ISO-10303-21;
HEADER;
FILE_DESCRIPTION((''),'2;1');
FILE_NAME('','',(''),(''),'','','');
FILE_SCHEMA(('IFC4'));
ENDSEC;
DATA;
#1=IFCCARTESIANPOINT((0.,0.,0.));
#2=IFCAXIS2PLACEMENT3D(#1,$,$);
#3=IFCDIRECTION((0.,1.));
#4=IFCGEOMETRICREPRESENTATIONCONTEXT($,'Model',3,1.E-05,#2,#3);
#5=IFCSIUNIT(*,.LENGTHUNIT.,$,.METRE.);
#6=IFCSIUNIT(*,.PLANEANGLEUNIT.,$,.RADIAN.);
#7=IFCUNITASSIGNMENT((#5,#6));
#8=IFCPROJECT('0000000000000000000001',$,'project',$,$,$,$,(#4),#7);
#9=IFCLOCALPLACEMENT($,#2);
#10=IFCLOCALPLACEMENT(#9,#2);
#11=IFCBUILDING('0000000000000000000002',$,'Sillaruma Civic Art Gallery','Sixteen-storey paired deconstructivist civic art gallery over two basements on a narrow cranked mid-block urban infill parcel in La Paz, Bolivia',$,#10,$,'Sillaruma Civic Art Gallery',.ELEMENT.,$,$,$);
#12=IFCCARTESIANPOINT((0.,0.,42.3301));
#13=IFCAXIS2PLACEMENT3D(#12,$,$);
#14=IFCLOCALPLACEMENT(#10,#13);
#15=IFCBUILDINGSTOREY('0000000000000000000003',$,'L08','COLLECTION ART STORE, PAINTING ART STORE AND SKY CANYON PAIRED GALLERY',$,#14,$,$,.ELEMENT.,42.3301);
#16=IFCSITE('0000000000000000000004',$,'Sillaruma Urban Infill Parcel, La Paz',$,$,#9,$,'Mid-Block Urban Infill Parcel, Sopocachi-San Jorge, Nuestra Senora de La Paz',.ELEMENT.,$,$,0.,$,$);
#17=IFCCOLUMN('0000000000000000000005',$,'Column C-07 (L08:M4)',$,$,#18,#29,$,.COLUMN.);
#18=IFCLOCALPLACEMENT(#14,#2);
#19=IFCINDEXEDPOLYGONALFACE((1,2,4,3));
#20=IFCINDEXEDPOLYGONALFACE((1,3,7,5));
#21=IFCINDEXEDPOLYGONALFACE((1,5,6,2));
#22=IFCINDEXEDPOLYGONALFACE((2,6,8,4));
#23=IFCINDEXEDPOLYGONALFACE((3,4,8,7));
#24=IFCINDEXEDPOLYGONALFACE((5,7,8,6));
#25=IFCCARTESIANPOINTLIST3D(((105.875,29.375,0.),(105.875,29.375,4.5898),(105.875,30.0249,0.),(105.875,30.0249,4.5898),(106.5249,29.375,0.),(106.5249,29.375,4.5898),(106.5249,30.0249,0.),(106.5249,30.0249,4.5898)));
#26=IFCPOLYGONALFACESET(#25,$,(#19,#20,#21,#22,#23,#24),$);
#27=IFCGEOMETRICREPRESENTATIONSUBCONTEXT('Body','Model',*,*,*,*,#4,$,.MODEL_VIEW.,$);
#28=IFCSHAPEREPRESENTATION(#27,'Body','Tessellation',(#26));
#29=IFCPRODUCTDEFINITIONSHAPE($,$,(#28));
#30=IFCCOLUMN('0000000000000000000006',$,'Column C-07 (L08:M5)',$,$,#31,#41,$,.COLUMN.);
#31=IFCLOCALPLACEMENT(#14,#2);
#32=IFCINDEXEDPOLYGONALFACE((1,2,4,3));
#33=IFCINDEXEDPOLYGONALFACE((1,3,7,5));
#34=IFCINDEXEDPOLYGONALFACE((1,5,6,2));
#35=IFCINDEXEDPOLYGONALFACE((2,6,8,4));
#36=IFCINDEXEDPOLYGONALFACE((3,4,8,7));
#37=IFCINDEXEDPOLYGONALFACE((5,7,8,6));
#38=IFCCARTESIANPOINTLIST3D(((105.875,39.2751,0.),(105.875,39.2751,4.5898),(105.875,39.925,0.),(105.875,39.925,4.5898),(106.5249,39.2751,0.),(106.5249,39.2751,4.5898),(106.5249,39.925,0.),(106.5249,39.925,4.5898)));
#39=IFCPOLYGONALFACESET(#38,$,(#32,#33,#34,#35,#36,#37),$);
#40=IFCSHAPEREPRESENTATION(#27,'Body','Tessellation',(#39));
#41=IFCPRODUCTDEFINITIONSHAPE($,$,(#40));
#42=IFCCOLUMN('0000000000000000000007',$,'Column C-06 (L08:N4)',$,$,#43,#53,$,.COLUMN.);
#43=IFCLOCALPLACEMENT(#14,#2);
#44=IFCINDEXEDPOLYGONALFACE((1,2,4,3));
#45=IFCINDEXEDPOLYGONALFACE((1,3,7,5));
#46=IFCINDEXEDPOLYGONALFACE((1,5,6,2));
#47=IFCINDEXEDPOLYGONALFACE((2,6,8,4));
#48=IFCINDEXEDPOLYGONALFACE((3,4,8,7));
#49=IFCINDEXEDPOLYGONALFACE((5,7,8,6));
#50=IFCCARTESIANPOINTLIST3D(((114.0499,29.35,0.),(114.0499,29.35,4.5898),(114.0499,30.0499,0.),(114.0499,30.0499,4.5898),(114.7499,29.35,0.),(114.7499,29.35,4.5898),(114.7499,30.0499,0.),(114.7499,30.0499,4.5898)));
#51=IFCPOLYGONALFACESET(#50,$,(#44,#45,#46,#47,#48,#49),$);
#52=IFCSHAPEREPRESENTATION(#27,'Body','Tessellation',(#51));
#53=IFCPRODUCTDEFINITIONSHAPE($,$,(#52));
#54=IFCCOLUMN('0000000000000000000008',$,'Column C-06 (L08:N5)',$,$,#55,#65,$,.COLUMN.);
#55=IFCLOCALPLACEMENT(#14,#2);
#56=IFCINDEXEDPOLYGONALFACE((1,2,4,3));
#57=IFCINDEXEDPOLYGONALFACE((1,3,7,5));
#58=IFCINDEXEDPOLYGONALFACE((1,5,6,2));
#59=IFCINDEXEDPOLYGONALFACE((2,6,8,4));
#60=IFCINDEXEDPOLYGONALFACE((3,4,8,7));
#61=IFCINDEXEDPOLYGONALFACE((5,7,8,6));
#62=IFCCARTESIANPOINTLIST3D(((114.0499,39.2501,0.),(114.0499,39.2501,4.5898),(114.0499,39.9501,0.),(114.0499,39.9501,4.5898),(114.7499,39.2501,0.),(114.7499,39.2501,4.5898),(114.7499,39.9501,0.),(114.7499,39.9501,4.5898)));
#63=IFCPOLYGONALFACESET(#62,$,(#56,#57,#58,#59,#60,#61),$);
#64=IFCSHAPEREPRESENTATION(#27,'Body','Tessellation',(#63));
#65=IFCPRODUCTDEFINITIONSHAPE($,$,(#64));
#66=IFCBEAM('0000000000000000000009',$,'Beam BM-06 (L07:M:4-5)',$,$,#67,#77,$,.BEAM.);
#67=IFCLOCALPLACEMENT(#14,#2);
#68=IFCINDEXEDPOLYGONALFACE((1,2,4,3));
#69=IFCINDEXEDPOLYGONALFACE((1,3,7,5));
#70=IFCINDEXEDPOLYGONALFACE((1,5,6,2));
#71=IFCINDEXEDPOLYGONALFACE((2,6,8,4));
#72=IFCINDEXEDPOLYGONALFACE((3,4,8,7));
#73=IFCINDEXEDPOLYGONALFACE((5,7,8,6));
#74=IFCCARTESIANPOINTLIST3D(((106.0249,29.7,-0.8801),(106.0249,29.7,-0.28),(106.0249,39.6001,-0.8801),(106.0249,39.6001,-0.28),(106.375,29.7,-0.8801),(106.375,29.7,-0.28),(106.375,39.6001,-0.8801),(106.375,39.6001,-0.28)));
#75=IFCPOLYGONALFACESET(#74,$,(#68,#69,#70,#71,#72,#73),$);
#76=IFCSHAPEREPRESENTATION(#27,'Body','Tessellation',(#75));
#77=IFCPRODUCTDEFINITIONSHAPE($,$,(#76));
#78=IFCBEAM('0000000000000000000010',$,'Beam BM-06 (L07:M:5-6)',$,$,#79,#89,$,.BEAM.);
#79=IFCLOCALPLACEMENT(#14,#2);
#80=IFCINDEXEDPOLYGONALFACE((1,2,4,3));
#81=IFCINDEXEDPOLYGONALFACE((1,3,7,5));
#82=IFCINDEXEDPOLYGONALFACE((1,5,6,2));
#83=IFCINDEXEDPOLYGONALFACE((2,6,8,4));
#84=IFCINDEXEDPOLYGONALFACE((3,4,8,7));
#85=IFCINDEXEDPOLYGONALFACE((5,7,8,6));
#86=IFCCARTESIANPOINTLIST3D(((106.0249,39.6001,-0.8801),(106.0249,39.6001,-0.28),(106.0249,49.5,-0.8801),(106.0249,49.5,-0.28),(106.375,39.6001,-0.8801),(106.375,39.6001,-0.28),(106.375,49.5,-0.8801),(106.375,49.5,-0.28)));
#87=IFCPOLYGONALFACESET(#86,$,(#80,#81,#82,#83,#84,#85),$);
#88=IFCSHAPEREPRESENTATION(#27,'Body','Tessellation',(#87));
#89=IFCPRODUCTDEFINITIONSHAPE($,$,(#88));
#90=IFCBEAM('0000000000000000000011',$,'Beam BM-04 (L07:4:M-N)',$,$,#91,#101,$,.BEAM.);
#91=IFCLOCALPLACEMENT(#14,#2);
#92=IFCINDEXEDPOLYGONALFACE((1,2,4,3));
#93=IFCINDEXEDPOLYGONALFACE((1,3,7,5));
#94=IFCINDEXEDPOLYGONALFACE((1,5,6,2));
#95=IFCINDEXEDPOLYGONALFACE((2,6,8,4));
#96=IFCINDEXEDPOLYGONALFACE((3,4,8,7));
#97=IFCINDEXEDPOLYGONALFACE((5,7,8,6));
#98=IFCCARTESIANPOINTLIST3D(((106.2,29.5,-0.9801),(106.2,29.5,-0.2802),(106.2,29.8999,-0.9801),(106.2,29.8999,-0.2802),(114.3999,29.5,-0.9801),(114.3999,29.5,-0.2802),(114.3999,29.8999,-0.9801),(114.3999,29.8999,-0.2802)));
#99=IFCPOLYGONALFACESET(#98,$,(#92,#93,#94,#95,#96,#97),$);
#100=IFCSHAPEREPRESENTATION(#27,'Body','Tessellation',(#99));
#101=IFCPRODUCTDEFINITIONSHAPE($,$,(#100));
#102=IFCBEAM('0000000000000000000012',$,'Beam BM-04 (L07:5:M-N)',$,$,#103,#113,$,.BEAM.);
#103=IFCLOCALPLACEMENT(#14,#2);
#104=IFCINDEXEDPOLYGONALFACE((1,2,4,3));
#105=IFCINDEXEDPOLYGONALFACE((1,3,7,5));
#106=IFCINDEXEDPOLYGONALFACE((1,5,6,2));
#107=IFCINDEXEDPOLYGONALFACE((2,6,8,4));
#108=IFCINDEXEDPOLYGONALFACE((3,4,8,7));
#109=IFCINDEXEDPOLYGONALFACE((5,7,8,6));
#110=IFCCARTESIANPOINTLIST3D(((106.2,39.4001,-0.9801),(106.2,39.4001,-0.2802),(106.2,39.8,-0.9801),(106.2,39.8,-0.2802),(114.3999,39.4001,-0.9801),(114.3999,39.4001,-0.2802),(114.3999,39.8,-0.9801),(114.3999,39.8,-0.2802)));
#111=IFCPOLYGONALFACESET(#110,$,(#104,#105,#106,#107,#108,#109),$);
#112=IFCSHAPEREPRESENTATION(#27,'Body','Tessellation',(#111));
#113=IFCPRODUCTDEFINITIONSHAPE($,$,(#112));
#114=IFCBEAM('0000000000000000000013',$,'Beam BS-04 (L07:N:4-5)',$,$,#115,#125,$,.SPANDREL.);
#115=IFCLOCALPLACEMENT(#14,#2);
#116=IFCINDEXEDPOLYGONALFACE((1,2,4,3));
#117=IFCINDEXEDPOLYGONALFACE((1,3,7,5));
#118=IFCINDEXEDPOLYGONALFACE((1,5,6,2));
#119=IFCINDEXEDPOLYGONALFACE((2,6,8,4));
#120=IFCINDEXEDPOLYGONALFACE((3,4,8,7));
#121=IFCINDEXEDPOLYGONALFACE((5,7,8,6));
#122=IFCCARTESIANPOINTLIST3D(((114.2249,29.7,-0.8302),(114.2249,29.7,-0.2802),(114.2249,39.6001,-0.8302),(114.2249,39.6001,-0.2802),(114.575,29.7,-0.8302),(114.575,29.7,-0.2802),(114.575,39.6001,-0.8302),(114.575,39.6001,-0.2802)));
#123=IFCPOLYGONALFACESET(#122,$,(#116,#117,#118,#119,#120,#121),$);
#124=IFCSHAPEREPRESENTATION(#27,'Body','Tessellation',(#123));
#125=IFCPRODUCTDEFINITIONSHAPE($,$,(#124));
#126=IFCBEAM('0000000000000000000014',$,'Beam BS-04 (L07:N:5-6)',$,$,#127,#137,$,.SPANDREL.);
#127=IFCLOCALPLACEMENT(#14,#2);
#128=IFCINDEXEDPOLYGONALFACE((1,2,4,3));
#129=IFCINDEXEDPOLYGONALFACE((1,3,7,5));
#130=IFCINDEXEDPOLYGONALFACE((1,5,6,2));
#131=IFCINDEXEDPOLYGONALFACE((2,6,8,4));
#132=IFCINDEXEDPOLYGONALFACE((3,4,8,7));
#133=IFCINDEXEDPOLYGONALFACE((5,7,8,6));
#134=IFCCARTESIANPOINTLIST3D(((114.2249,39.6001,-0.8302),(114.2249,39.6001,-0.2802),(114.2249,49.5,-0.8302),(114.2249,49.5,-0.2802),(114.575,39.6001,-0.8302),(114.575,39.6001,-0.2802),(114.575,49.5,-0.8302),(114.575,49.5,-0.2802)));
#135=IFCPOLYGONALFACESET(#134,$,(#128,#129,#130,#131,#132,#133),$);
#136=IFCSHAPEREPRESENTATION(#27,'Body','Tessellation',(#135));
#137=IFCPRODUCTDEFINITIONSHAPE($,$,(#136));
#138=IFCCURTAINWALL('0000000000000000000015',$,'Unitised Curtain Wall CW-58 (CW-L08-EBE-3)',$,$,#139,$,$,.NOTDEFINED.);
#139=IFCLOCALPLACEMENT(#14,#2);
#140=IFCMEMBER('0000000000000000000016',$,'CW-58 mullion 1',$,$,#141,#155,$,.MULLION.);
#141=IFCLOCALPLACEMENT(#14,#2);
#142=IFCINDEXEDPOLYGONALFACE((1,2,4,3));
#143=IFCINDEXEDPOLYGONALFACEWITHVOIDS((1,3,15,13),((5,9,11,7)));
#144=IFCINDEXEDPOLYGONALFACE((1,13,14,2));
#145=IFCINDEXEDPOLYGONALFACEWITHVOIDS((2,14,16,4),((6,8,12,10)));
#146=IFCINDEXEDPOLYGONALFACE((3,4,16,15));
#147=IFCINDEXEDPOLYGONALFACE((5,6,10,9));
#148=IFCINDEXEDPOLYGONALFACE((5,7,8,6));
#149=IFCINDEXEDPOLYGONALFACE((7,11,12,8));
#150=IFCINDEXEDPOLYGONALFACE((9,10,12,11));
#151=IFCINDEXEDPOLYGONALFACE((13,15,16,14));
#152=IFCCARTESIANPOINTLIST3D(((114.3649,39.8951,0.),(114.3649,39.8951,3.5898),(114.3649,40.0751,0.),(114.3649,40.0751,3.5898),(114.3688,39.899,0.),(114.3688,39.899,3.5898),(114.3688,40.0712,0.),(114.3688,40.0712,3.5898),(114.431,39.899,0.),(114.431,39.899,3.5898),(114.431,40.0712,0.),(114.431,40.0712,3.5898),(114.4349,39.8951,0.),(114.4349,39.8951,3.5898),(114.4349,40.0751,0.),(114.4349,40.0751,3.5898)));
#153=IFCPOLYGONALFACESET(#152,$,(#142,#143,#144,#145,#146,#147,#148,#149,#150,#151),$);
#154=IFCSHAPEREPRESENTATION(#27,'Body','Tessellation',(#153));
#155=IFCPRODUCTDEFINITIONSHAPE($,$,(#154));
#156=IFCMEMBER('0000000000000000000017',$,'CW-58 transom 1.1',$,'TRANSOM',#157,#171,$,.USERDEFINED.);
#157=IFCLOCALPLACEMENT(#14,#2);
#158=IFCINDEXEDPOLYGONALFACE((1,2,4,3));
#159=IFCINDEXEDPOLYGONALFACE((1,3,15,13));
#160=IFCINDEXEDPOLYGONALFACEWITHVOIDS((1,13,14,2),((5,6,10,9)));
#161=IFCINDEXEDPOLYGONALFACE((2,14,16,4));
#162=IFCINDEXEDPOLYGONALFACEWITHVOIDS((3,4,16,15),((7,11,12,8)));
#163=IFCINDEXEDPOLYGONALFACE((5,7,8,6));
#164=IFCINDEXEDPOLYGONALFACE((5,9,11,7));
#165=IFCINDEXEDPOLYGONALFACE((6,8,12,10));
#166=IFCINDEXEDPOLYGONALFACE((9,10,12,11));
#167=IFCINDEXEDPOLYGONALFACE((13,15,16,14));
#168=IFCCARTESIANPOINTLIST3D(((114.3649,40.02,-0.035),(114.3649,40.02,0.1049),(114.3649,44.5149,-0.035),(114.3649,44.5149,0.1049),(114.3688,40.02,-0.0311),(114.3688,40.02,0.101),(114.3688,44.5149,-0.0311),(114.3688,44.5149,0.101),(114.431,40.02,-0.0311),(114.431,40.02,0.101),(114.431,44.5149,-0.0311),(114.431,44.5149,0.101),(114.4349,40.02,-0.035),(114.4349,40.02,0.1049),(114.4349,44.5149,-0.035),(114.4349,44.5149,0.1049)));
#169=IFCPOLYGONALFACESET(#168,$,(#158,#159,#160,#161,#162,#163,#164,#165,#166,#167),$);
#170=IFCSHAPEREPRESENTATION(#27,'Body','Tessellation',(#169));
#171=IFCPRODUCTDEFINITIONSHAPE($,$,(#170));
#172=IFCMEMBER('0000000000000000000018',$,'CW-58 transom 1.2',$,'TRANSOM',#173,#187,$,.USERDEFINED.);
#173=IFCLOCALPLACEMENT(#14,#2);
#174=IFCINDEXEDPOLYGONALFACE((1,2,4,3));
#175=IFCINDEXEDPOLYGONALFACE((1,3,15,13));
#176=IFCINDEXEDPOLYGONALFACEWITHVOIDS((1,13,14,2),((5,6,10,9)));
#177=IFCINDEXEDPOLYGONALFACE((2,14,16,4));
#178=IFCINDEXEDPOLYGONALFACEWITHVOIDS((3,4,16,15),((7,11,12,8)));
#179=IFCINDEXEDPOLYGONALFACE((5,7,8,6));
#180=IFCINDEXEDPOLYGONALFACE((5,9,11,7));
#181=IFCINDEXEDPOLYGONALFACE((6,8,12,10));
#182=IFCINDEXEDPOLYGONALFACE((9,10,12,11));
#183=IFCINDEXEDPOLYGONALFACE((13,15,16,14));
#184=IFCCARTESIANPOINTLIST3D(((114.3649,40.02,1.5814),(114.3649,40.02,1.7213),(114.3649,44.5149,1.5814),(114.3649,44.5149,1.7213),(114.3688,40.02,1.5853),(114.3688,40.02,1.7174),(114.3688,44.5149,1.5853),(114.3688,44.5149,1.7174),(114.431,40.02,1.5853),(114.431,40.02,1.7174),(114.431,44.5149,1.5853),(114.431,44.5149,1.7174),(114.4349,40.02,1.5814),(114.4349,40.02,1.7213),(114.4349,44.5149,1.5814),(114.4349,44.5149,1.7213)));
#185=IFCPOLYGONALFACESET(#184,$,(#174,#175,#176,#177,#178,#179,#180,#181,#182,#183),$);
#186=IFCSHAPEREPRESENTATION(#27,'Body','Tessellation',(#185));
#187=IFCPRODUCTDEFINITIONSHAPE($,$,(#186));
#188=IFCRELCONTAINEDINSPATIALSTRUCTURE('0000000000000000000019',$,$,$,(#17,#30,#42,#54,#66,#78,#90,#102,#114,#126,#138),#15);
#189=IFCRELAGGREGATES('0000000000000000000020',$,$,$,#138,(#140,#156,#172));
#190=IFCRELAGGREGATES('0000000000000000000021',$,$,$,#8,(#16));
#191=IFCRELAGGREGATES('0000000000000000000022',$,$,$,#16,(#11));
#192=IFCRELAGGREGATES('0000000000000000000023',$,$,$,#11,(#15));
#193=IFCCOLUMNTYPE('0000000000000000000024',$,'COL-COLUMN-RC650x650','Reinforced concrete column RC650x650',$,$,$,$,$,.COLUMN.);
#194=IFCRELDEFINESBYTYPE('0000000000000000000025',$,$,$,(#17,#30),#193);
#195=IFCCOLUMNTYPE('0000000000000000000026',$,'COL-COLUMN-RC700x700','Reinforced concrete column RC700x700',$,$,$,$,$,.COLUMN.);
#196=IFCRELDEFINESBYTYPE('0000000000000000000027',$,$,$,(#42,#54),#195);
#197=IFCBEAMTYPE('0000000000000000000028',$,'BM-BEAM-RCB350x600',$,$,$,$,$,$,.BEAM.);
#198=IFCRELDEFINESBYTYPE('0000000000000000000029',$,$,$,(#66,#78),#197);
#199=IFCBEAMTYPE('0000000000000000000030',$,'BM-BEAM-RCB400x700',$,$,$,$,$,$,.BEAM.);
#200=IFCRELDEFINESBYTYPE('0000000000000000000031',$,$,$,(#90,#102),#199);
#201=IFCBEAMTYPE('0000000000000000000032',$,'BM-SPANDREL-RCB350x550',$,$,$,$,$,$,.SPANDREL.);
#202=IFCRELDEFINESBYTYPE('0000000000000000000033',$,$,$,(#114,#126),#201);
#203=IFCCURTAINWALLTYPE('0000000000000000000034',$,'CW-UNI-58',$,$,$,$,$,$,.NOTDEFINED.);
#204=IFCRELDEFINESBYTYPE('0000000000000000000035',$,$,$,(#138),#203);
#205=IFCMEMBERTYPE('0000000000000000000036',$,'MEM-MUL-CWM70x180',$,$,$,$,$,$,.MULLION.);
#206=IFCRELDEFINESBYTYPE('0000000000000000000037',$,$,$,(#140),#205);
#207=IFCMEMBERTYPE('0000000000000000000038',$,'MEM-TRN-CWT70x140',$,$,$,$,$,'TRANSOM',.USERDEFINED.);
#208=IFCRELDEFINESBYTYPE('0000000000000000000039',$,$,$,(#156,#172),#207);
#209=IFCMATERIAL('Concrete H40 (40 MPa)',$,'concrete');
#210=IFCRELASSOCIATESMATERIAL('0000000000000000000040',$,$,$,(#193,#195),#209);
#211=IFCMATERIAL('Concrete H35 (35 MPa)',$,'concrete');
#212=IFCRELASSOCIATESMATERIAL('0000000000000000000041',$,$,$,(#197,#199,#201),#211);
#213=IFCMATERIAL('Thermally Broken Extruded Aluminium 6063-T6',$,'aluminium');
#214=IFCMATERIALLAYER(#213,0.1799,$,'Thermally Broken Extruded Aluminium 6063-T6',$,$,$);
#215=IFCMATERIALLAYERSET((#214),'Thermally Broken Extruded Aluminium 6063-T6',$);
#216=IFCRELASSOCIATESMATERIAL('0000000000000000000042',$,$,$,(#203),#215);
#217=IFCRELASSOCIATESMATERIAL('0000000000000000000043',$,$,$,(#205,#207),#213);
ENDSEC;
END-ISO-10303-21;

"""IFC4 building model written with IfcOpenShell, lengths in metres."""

from ifc_helpers import new_model, si_unit, direction, frame, origin, origin_2d, place, context, subcontext, project, spatial, rectangle, hollow_rectangle, extrude, material, layer, layer_set, material_profile, profile_set, type_object, element, aggregate, save


model = new_model("IFC4")

# Units and contexts
model_context = context("Model", 3, precision=1e-05, world=origin(), true_north=direction((0.0, 1.0)))
body_context = subcontext(model_context, "Body", "Model", "MODEL_VIEW")
ifc_project = project(units=[si_unit("LENGTHUNIT", "METRE"), si_unit("PLANEANGLEUNIT", "RADIAN")], contexts=[model_context])

# Site, building, storey
site_placement = place(None, origin())
site = spatial("IfcSite", under=ifc_project, at=site_placement, Name="Sillaruma Urban Infill Parcel, La Paz", LongName="Mid-Block Urban Infill Parcel, Sopocachi-San Jorge, Nuestra Senora de La Paz", CompositionType="ELEMENT", RefElevation=0.0)
building_placement = place(site_placement, origin())
building = spatial("IfcBuilding", under=site, at=building_placement, Name="Sillaruma Civic Art Gallery", Description="Sixteen-storey paired deconstructivist civic art gallery over two basements on a narrow cranked mid-block urban infill parcel in La Paz, Bolivia", LongName="Sillaruma Civic Art Gallery", CompositionType="ELEMENT")
storey_placement = place(building_placement, frame((0.0, 0.0, 42.3301)))
storey = spatial("IfcBuildingStorey", under=building, at=storey_placement, Name="L08", Description="COLLECTION ART STORE, PAINTING ART STORE AND SKY CANYON PAIRED GALLERY", CompositionType="ELEMENT", Elevation=42.3301)

# Columns
ifc_material_1 = material(Name="Concrete H40 (40 MPa)", Category="concrete")
ifc_material_profile_1 = material_profile(ifc_material_1, rectangle(XDim=0.6499, YDim=0.6499, at=origin_2d()), Name="RC650x650")
ifc_profile_set_1 = profile_set([ifc_material_profile_1], Name="Concrete H40 (40 MPa)")
column_type_1 = type_object("IfcColumnType", Name="COL-COLUMN-RC650x650", Description="Reinforced concrete column RC650x650", PredefinedType="COLUMN", material=ifc_profile_set_1)
for number, where, z_axis, x_axis, name in (
    (1, (106.2, 29.7, 0.0), (0.0, 0.0, 1.0), (1.0, 0.0, 0.0), "Column C-07 (L08:M4)"),
    (2, (106.2, 39.6001, 0.0), (0.0, 0.0, 1.0), (1.0, 0.0, 0.0), "Column C-07 (L08:M5)"),
):
    element("IfcColumn", number, at=place(storey_placement, frame(where, z_axis=z_axis, x_axis=x_axis)), inside=storey, type_object=column_type_1, Name=name, PredefinedType="COLUMN", context=body_context, shape_type="SweptSolid", body=[
        extrude(rectangle(XDim=0.6499, YDim=0.6499, at=origin_2d()), origin(), (0.0, 0.0, 1.0), 4.5898),
    ])
ifc_material_profile_2 = material_profile(ifc_material_1, rectangle(XDim=0.7, YDim=0.7, at=origin_2d()), Name="RC700x700")
ifc_profile_set_2 = profile_set([ifc_material_profile_2], Name="Concrete H40 (40 MPa)")
column_type_2 = type_object("IfcColumnType", Name="COL-COLUMN-RC700x700", Description="Reinforced concrete column RC700x700", PredefinedType="COLUMN", material=ifc_profile_set_2)
for number, where, z_axis, x_axis, name in (
    (3, (114.3999, 29.7, 0.0), (0.0, 0.0, 1.0), (1.0, 0.0, 0.0), "Column C-06 (L08:N4)"),
    (4, (114.3999, 39.6001, 0.0), (0.0, 0.0, 1.0), (1.0, 0.0, 0.0), "Column C-06 (L08:N5)"),
):
    element("IfcColumn", number, at=place(storey_placement, frame(where, z_axis=z_axis, x_axis=x_axis)), inside=storey, type_object=column_type_2, Name=name, PredefinedType="COLUMN", context=body_context, shape_type="SweptSolid", body=[
        extrude(rectangle(XDim=0.7, YDim=0.7, at=origin_2d()), origin(), (0.0, 0.0, 1.0), 4.5898),
    ])

# Beams
ifc_material_2 = material(Name="Concrete H35 (35 MPa)", Category="concrete")
ifc_material_profile_3 = material_profile(ifc_material_2, rectangle(XDim=0.3501, YDim=0.6001, at=origin_2d()), Name="RCB350x600")
ifc_profile_set_3 = profile_set([ifc_material_profile_3], Name="Concrete H35 (35 MPa)")
beam_type_1 = type_object("IfcBeamType", Name="BM-BEAM-RCB350x600", PredefinedType="BEAM", material=ifc_profile_set_3)
beam_1_placement = place(storey_placement, frame((106.2, 29.7, -0.5801), z_axis=(0.0, 1.0, 0.0), x_axis=(-1.0, 0.0, 0.0)))
element("IfcBeam", 5, at=beam_1_placement, inside=storey, type_object=beam_type_1, Name="Beam BM-06 (L07:M:4-5)", PredefinedType="BEAM", context=body_context, shape_type="SweptSolid", body=[
    extrude(rectangle(XDim=0.3501, YDim=0.6001, at=origin_2d()), origin(), (0.0, 0.0, 1.0), 9.9001),
])
beam_2_placement = place(storey_placement, frame((106.2, 39.6001, -0.5801), z_axis=(0.0, 1.0, 0.0), x_axis=(-1.0, 0.0, 0.0)))
element("IfcBeam", 6, at=beam_2_placement, inside=storey, type_object=beam_type_1, Name="Beam BM-06 (L07:M:5-6)", PredefinedType="BEAM", context=body_context, shape_type="SweptSolid", body=[
    extrude(rectangle(XDim=0.3501, YDim=0.6001, at=origin_2d()), origin(), (0.0, 0.0, 1.0), 9.8999),
])
ifc_material_profile_4 = material_profile(ifc_material_2, rectangle(XDim=0.3999, YDim=0.7, at=origin_2d()), Name="RCB400x700")
ifc_profile_set_4 = profile_set([ifc_material_profile_4], Name="Concrete H35 (35 MPa)")
beam_type_2 = type_object("IfcBeamType", Name="BM-BEAM-RCB400x700", PredefinedType="BEAM", material=ifc_profile_set_4)
for number, where, z_axis, x_axis, name in (
    (7, (106.2, 29.7, -0.6301), (1.0, 0.0, 0.0), (0.0, 1.0, 0.0), "Beam BM-04 (L07:4:M-N)"),
    (8, (106.2, 39.6001, -0.6301), (1.0, 0.0, 0.0), (0.0, 1.0, 0.0), "Beam BM-04 (L07:5:M-N)"),
):
    element("IfcBeam", number, at=place(storey_placement, frame(where, z_axis=z_axis, x_axis=x_axis)), inside=storey, type_object=beam_type_2, Name=name, PredefinedType="BEAM", context=body_context, shape_type="SweptSolid", body=[
        extrude(rectangle(XDim=0.3999, YDim=0.7, at=origin_2d()), origin(), (0.0, 0.0, 1.0), 8.2),
    ])
ifc_material_profile_5 = material_profile(ifc_material_2, rectangle(XDim=0.3501, YDim=0.55, at=origin_2d()), Name="RCB350x550")
ifc_profile_set_5 = profile_set([ifc_material_profile_5], Name="Concrete H35 (35 MPa)")
beam_type_3 = type_object("IfcBeamType", Name="BM-SPANDREL-RCB350x550", PredefinedType="SPANDREL", material=ifc_profile_set_5)
beam_3_placement = place(storey_placement, frame((114.3999, 29.7, -0.5552), z_axis=(0.0, 1.0, 0.0), x_axis=(-1.0, 0.0, 0.0)))
element("IfcBeam", 9, at=beam_3_placement, inside=storey, type_object=beam_type_3, Name="Beam BS-04 (L07:N:4-5)", PredefinedType="SPANDREL", context=body_context, shape_type="SweptSolid", body=[
    extrude(rectangle(XDim=0.3501, YDim=0.55, at=origin_2d()), origin(), (0.0, 0.0, 1.0), 9.9001),
])
beam_4_placement = place(storey_placement, frame((114.3999, 39.6001, -0.5552), z_axis=(0.0, 1.0, 0.0), x_axis=(-1.0, 0.0, 0.0)))
element("IfcBeam", 10, at=beam_4_placement, inside=storey, type_object=beam_type_3, Name="Beam BS-04 (L07:N:5-6)", PredefinedType="SPANDREL", context=body_context, shape_type="SweptSolid", body=[
    extrude(rectangle(XDim=0.3501, YDim=0.55, at=origin_2d()), origin(), (0.0, 0.0, 1.0), 9.8999),
])

# Curtain wall, members
ifc_material_3 = material(Name="Thermally Broken Extruded Aluminium 6063-T6", Category="aluminium")
ifc_layer_1 = layer(ifc_material_3, 0.1799, Name="Thermally Broken Extruded Aluminium 6063-T6")
ifc_layer_set_1 = layer_set([ifc_layer_1], Name="Thermally Broken Extruded Aluminium 6063-T6")
curtain_wall_type = type_object("IfcCurtainWallType", Name="CW-UNI-58", PredefinedType="NOTDEFINED", material=ifc_layer_set_1)
curtain_wall_placement = place(storey_placement, origin())
curtain_wall = element("IfcCurtainWall", 11, at=curtain_wall_placement, inside=storey, type_object=curtain_wall_type, Name="Unitised Curtain Wall CW-58 (CW-L08-EBE-3)", PredefinedType="NOTDEFINED")
ifc_material_profile_6 = material_profile(ifc_material_3, hollow_rectangle(XDim=0.0701, YDim=0.1799, WallThickness=0.0039, at=origin_2d()), Name="CWM70x180")
ifc_profile_set_6 = profile_set([ifc_material_profile_6], Name="Thermally Broken Extruded Aluminium 6063-T6")
member_type_1 = type_object("IfcMemberType", Name="MEM-MUL-CWM70x180", PredefinedType="MULLION", material=ifc_profile_set_6)
member_1_placement = place(storey_placement, frame((114.3999, 39.9851, 0.0), z_axis=(0.0, 0.0, 1.0), x_axis=(-1.0, 0.0, 0.0)))
member_1 = element("IfcMember", 12, at=member_1_placement, type_object=member_type_1, Name="CW-58 mullion 1", PredefinedType="MULLION", context=body_context, shape_type="SweptSolid", body=[
    extrude(hollow_rectangle(XDim=0.0701, YDim=0.1799, WallThickness=0.0039, at=origin_2d()), origin(), (0.0, 0.0, 1.0), 3.5898),
])
ifc_material_profile_7 = material_profile(ifc_material_3, hollow_rectangle(XDim=0.0701, YDim=0.1399, WallThickness=0.0039, at=origin_2d()), Name="CWT70x140")
ifc_profile_set_7 = profile_set([ifc_material_profile_7], Name="Thermally Broken Extruded Aluminium 6063-T6")
member_type_2 = type_object("IfcMemberType", Name="MEM-TRN-CWT70x140", ElementType="TRANSOM", PredefinedType="USERDEFINED", material=ifc_profile_set_7)
member_2_placement = place(storey_placement, frame((114.3999, 40.02, 0.0349), z_axis=(0.0, 1.0, 0.0), x_axis=(-1.0, 0.0, 0.0)))
member_2 = element("IfcMember", 13, at=member_2_placement, type_object=member_type_2, Name="CW-58 transom 1.1", ObjectType="TRANSOM", PredefinedType="USERDEFINED", context=body_context, shape_type="SweptSolid", body=[
    extrude(hollow_rectangle(XDim=0.0701, YDim=0.1399, WallThickness=0.0039, at=origin_2d()), origin(), (0.0, 0.0, 1.0), 4.4949),
])
member_3_placement = place(storey_placement, frame((114.3999, 40.02, 1.6514), z_axis=(0.0, 1.0, 0.0), x_axis=(-1.0, 0.0, 0.0)))
member_3 = element("IfcMember", 14, at=member_3_placement, type_object=member_type_2, Name="CW-58 transom 1.2", ObjectType="TRANSOM", PredefinedType="USERDEFINED", context=body_context, shape_type="SweptSolid", body=[
    extrude(hollow_rectangle(XDim=0.0701, YDim=0.1399, WallThickness=0.0039, at=origin_2d()), origin(), (0.0, 0.0, 1.0), 4.4949),
])
aggregate(curtain_wall, [member_1, member_2, member_3])

save(model, "model.ifc")
